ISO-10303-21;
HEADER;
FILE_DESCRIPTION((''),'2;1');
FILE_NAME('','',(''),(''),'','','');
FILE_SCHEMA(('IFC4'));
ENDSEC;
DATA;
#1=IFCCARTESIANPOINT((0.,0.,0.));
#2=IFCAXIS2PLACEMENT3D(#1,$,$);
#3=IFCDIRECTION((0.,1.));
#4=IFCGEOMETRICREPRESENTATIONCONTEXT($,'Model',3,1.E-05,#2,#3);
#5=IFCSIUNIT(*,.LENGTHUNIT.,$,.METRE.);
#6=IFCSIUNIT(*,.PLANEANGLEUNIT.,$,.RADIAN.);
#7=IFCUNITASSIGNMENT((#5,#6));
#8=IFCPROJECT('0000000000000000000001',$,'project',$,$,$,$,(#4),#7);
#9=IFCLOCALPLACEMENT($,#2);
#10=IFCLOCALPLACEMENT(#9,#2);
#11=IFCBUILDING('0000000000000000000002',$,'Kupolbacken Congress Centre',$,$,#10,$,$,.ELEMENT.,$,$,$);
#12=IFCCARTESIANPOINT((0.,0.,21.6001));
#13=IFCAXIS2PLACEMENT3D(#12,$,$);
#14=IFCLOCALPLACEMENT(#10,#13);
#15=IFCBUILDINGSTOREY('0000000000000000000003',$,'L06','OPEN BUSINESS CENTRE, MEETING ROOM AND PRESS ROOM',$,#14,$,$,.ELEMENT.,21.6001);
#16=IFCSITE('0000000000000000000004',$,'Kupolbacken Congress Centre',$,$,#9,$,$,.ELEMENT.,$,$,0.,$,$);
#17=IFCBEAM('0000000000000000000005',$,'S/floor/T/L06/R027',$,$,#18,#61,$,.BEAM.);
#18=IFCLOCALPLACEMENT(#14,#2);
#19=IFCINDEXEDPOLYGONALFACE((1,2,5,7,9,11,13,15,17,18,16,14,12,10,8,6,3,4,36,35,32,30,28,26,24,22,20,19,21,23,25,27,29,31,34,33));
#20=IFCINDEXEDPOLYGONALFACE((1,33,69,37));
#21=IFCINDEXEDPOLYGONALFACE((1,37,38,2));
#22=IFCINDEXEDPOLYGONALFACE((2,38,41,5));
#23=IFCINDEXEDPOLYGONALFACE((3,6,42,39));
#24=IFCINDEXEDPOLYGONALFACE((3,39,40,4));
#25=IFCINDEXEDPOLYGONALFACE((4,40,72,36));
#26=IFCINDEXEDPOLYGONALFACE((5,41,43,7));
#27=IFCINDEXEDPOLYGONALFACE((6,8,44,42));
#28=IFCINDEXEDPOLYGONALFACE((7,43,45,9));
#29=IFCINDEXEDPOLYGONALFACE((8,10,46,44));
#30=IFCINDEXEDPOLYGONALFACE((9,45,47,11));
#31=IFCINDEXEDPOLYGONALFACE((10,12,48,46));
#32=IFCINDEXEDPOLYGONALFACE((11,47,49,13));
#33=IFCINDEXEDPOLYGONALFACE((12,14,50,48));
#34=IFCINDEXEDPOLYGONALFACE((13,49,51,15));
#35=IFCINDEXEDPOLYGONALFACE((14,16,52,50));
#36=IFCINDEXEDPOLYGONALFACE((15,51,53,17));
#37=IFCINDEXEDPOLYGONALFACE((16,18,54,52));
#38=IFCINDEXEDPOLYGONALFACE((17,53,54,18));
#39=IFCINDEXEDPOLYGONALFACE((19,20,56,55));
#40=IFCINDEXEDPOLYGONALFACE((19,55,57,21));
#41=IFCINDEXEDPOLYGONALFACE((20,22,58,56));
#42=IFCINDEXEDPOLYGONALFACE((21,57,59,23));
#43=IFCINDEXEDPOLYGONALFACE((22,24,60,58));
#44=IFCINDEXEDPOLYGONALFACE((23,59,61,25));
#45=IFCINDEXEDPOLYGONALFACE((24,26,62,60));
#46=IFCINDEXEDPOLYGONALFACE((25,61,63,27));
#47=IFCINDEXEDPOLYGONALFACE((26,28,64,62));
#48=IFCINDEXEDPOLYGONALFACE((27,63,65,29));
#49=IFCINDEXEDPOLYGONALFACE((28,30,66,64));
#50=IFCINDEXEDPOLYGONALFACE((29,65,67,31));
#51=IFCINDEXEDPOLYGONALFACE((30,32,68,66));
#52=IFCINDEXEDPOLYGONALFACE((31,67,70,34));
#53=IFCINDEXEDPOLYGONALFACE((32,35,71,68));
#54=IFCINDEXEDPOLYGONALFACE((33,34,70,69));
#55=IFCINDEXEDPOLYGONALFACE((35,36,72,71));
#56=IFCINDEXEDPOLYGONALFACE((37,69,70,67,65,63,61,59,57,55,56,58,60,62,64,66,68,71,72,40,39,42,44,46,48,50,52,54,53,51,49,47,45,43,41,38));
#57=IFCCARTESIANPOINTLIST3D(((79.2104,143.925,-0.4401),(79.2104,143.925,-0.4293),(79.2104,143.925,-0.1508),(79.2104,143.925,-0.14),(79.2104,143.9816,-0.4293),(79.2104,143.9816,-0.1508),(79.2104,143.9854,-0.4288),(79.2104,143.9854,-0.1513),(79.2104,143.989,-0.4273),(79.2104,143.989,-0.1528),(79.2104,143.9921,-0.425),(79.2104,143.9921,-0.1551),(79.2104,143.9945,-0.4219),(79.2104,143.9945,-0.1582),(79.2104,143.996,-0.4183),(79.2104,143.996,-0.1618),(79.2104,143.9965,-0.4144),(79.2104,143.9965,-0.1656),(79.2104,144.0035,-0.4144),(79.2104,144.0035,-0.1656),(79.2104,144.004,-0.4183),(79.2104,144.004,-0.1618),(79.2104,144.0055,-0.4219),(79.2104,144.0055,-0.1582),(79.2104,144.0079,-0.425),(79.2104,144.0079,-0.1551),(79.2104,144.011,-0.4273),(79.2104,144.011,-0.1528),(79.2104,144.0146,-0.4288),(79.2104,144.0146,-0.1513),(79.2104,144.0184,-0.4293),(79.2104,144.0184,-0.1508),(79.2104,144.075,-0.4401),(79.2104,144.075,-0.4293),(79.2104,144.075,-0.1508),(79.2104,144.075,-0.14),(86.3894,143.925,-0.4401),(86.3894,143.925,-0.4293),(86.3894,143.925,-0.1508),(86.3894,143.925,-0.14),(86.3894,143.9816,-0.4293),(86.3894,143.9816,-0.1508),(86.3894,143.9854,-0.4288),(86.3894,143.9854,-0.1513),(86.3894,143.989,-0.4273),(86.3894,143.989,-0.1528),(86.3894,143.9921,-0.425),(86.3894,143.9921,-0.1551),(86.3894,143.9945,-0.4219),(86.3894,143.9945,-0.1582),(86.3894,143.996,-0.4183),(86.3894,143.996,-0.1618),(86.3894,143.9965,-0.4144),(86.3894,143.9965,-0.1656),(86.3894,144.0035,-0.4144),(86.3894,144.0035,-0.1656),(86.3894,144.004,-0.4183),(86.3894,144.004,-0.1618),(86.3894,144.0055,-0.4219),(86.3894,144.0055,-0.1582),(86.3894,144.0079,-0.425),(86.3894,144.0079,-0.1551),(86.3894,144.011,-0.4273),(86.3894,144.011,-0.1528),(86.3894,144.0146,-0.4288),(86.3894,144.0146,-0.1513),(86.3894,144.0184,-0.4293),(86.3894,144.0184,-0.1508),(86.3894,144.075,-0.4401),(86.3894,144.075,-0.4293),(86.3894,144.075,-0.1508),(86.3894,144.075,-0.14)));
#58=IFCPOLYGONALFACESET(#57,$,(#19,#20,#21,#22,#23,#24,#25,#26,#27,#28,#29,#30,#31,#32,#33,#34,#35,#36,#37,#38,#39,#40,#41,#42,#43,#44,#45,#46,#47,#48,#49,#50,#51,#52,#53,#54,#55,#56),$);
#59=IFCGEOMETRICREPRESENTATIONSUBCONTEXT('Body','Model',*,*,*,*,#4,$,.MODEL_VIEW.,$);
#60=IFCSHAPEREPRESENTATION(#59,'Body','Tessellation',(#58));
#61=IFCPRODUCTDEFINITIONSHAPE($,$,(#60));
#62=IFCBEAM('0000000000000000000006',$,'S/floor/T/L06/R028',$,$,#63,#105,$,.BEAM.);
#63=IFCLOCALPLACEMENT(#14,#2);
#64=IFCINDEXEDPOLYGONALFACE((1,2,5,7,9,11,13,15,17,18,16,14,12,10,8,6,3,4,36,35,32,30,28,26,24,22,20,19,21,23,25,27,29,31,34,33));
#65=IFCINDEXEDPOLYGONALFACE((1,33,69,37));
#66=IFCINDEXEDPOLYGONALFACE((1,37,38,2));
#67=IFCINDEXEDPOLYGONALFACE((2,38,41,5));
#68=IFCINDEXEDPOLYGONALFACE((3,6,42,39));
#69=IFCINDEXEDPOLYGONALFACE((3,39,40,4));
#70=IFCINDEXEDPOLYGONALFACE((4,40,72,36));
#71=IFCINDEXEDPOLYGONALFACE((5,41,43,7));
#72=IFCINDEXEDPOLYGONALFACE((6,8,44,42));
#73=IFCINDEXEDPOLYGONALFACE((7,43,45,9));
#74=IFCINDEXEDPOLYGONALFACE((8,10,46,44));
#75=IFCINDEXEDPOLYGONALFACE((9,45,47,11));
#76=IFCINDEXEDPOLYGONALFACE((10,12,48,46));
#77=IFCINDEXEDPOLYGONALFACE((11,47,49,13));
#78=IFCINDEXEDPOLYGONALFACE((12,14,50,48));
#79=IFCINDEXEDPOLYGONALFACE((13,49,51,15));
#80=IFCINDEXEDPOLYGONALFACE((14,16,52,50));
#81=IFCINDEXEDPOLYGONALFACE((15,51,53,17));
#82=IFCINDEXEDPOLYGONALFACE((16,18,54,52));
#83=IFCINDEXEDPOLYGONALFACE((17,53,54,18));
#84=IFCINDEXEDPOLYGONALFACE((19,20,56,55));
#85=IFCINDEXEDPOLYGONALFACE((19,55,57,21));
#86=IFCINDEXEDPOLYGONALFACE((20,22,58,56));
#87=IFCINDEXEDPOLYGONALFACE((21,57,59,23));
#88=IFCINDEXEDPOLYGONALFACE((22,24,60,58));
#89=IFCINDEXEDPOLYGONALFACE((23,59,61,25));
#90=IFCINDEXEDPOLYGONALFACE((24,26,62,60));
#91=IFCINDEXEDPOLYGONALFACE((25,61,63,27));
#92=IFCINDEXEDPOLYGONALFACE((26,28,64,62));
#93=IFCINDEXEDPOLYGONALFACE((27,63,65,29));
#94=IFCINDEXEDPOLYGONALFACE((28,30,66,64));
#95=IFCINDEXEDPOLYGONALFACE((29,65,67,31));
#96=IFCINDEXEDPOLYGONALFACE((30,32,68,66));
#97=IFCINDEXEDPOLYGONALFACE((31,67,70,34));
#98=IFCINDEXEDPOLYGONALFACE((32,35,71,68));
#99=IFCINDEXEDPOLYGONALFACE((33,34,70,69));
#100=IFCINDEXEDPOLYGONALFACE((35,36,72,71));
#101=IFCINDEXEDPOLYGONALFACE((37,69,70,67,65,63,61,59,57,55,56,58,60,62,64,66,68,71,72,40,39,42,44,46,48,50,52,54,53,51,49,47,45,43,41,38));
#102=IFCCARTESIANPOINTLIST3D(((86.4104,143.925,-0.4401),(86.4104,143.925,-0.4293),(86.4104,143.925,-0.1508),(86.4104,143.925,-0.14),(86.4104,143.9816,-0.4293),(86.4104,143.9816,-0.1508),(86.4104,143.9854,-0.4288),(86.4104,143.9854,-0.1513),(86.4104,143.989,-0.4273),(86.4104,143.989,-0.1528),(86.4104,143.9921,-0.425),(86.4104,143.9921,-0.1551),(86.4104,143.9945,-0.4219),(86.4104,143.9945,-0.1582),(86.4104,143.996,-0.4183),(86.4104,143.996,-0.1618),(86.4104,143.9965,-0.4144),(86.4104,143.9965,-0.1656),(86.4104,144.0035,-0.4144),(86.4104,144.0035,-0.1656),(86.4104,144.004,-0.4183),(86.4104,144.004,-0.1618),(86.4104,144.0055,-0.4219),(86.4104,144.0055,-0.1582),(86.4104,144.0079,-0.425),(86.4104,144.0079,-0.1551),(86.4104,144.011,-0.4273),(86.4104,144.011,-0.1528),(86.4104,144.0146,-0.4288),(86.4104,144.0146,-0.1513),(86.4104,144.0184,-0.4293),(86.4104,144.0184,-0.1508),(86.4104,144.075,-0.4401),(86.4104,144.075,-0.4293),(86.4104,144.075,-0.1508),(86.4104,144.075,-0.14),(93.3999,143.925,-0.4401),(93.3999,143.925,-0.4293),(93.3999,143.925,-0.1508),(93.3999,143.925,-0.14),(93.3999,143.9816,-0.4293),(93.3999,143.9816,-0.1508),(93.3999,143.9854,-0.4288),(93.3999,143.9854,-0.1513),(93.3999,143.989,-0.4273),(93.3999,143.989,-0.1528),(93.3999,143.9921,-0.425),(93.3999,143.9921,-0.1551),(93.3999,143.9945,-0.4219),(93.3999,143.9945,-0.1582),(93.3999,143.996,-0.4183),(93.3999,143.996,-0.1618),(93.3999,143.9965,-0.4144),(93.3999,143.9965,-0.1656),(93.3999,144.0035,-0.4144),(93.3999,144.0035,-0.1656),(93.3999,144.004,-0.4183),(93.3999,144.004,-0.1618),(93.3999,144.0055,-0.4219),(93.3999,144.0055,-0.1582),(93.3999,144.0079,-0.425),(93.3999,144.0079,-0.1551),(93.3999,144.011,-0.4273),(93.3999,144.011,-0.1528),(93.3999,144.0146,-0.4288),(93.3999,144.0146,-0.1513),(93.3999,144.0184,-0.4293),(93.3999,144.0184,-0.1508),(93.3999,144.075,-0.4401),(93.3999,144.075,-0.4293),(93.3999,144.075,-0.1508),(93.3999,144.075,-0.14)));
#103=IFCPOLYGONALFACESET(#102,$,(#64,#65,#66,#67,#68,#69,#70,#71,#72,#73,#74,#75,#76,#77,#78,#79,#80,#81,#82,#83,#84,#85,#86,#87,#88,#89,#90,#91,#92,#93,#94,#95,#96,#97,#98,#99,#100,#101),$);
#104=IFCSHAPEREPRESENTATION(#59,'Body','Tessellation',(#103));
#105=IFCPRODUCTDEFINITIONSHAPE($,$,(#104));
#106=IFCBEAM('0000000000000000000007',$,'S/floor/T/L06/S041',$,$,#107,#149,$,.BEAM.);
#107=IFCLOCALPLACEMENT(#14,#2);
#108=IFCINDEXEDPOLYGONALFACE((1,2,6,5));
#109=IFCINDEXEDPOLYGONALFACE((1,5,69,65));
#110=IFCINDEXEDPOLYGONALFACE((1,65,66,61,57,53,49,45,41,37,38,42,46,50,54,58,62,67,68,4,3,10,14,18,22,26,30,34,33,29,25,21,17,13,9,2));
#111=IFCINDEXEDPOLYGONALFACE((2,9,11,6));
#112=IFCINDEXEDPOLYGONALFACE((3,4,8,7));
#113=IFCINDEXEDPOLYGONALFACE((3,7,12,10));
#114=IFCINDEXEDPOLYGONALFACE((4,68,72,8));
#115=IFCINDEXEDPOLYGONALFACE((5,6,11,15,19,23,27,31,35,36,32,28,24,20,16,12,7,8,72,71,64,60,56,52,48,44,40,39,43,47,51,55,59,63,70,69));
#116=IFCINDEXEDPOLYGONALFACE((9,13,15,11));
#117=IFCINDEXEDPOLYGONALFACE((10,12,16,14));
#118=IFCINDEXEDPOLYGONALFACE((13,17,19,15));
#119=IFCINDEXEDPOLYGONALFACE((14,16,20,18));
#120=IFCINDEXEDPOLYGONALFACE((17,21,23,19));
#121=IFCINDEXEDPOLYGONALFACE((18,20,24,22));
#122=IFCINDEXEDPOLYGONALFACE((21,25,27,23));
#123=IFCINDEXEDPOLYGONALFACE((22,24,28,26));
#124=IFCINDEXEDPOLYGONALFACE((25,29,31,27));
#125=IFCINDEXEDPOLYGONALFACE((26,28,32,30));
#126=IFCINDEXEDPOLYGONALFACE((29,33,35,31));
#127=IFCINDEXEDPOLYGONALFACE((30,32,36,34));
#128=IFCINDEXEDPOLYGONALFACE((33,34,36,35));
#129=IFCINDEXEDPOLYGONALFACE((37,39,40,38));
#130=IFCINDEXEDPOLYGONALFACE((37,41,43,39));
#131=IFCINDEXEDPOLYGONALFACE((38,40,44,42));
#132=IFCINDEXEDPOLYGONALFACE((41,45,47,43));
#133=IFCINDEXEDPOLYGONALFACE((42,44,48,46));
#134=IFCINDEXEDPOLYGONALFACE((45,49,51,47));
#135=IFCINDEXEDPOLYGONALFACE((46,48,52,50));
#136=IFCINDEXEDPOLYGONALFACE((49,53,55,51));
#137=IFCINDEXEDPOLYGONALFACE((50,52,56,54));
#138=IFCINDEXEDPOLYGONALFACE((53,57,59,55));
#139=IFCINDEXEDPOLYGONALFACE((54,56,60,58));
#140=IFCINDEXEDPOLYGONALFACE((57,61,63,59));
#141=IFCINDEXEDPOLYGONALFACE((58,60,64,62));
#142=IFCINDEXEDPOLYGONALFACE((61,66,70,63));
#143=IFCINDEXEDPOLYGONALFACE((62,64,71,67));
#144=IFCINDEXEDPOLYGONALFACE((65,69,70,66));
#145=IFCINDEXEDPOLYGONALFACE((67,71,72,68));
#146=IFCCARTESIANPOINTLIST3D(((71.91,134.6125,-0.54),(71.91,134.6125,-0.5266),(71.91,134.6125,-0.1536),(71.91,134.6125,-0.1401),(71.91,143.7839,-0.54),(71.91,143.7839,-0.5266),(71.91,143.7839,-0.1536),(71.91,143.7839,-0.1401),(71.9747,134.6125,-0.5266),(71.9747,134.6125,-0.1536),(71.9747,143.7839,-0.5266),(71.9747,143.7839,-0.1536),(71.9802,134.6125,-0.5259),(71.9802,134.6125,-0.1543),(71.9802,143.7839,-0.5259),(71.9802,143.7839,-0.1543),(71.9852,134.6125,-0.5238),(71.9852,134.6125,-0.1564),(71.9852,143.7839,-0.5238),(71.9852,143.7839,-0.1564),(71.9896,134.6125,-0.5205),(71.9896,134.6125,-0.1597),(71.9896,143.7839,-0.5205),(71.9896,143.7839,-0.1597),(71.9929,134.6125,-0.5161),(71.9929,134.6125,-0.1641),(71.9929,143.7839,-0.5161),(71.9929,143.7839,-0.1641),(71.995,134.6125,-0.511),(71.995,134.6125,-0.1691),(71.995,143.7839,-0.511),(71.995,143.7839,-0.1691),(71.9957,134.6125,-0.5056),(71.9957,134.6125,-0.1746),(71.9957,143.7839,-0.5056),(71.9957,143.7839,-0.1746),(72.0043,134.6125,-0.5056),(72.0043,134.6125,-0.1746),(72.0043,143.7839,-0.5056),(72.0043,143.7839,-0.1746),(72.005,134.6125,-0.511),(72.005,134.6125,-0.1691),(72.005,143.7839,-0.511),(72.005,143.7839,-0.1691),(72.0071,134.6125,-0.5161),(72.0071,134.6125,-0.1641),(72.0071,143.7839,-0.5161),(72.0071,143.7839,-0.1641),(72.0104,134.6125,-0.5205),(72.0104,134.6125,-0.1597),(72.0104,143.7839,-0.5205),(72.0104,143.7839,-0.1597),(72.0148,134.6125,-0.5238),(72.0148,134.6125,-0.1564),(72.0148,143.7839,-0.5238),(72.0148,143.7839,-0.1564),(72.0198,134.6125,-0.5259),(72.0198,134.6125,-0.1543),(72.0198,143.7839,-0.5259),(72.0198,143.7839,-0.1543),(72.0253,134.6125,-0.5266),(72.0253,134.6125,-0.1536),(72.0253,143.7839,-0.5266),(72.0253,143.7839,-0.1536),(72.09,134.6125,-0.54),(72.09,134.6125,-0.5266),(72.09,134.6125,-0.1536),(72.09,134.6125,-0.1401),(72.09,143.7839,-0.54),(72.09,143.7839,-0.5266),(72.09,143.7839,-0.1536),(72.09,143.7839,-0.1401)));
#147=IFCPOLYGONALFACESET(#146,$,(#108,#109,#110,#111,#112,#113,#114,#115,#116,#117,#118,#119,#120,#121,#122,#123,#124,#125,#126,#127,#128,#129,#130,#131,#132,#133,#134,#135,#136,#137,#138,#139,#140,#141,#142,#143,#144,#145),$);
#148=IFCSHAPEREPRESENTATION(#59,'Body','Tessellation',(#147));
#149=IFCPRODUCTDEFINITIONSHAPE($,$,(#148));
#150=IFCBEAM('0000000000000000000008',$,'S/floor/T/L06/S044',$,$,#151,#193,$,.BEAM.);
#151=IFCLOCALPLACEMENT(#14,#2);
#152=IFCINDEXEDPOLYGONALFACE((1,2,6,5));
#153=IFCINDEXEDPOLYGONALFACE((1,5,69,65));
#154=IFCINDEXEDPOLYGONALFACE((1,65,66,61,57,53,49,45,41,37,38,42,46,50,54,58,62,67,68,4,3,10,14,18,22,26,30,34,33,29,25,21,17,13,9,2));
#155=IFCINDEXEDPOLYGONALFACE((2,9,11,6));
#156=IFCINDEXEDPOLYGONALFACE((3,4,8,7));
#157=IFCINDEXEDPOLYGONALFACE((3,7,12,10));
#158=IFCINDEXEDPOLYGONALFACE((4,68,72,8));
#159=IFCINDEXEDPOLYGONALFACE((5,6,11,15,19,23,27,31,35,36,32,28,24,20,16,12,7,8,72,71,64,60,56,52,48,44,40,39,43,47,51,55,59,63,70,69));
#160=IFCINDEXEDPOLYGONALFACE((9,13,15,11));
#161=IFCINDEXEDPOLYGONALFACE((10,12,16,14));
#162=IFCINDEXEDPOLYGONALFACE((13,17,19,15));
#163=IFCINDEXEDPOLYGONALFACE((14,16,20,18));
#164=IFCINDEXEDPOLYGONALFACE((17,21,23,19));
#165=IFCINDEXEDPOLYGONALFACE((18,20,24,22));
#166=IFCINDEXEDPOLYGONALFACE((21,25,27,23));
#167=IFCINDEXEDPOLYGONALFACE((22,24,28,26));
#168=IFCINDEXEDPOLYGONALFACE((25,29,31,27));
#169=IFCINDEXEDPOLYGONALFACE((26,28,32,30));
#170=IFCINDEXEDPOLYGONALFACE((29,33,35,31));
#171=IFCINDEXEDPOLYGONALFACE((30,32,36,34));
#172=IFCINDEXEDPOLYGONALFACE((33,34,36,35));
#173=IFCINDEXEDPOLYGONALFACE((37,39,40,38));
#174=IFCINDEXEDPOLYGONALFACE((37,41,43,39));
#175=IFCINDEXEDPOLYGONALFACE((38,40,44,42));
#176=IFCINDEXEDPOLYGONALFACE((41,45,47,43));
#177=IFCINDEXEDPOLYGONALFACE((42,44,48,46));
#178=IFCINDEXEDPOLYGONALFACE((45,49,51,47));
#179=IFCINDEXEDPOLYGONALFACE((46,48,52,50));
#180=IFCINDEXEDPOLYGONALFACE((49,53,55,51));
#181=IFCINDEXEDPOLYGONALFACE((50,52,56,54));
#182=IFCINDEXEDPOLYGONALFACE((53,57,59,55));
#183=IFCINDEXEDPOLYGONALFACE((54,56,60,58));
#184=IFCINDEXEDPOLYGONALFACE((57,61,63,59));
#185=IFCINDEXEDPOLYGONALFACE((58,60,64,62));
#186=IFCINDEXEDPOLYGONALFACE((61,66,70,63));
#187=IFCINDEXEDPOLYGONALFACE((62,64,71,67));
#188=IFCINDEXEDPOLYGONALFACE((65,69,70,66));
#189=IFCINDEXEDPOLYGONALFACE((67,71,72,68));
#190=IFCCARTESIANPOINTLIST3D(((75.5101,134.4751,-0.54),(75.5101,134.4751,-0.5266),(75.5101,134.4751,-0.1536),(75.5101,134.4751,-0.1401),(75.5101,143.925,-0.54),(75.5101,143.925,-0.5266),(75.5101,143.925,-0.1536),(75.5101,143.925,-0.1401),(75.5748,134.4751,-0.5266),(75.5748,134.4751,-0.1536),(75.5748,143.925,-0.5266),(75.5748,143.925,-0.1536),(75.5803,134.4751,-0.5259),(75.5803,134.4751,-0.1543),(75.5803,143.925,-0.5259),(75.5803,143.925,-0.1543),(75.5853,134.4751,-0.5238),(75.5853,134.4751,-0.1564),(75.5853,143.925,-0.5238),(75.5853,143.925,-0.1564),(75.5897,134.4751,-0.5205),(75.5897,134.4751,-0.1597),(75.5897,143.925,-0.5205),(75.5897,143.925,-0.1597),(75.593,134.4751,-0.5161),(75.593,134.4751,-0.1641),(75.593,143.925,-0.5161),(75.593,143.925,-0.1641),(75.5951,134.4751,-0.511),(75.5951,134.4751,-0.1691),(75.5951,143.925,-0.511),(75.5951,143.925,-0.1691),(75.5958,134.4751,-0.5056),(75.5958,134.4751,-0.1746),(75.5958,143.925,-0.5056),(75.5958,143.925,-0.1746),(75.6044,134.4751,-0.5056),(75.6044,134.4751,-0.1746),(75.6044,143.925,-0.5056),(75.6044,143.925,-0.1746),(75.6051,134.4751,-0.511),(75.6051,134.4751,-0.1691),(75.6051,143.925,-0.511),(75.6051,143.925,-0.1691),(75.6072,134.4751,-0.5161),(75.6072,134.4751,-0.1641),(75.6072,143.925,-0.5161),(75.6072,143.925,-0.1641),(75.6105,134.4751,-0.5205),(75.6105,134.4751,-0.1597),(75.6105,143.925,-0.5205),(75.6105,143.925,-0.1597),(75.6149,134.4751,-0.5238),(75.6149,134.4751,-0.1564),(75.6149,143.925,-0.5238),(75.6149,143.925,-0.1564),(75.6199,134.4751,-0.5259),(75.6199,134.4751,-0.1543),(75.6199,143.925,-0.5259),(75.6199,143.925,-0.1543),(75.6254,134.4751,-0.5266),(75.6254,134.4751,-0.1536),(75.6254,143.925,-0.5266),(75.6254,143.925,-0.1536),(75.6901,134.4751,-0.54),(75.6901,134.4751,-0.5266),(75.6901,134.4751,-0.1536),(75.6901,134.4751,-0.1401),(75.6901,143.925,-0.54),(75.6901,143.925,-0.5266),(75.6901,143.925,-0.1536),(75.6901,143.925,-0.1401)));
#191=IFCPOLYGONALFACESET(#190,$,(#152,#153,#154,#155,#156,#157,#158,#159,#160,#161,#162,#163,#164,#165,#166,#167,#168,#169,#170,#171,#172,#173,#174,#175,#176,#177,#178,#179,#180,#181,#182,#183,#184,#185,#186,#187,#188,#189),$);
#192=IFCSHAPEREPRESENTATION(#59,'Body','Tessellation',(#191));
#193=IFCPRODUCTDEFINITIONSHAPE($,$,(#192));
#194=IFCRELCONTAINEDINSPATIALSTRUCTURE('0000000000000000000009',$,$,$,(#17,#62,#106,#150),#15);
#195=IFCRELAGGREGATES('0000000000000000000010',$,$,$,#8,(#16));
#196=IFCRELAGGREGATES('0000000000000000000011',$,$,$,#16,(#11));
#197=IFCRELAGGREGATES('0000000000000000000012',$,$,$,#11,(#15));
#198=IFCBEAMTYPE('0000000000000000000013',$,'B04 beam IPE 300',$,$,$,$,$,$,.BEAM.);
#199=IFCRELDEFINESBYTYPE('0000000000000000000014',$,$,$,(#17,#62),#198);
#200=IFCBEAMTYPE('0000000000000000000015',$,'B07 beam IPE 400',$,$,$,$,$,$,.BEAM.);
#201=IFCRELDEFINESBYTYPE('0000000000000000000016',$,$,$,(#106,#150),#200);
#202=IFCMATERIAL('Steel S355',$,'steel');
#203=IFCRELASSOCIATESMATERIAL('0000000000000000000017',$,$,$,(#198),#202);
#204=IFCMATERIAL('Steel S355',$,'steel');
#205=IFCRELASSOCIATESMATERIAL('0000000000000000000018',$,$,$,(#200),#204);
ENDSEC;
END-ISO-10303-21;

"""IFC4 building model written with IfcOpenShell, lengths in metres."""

from ifc_helpers import new_model, si_unit, direction, frame, origin, origin_2d, place, context, subcontext, project, spatial, i_section, extrude, material, material_profile, profile_set, type_object, element, save


model = new_model("IFC4")

# Units and contexts
model_context = context("Model", 3, precision=1e-05, world=origin(), true_north=direction((0.0, 1.0)))
body_context = subcontext(model_context, "Body", "Model", "MODEL_VIEW")
ifc_project = project(units=[si_unit("LENGTHUNIT", "METRE"), si_unit("PLANEANGLEUNIT", "RADIAN")], contexts=[model_context])

# Site, building, storey
site_placement = place(None, origin())
site = spatial("IfcSite", under=ifc_project, at=site_placement, Name="Kupolbacken Congress Centre", CompositionType="ELEMENT", RefElevation=0.0)
building_placement = place(site_placement, origin())
building = spatial("IfcBuilding", under=site, at=building_placement, Name="Kupolbacken Congress Centre", CompositionType="ELEMENT")
storey_placement = place(building_placement, frame((0.0, 0.0, 21.6001)))
storey = spatial("IfcBuildingStorey", under=building, at=storey_placement, Name="L06", Description="OPEN BUSINESS CENTRE, MEETING ROOM AND PRESS ROOM", CompositionType="ELEMENT", Elevation=21.6001)

# Beams
ifc_material_1 = material(Name="Steel S355", Category="steel")
ifc_material_profile_1 = material_profile(ifc_material_1, i_section(OverallWidth=0.1499, OverallDepth=0.3, WebThickness=0.0071, FlangeThickness=0.0107, FilletRadius=0.0149, at=origin_2d()), Name="IPE 300")
ifc_profile_set_1 = profile_set([ifc_material_profile_1], Name="Steel S355")
beam_type_1 = type_object("IfcBeamType", Name="B04 beam IPE 300", PredefinedType="BEAM", material=ifc_profile_set_1)
for number, where, z_axis, x_axis, name in (
    (1, (79.2104, 144.0, -0.29), (1.0, 0.0, 0.0), (0.0, 1.0, 0.0), "S/floor/T/L06/R027"),
):
    element("IfcBeam", number, at=place(storey_placement, frame(where, z_axis=z_axis, x_axis=x_axis)), inside=storey, type_object=beam_type_1, Name=name, PredefinedType="BEAM", context=body_context, shape_type="SweptSolid", body=[
        extrude(i_section(OverallWidth=0.1499, OverallDepth=0.3, WebThickness=0.0071, FlangeThickness=0.0107, FilletRadius=0.0149, at=origin_2d()), origin(), (0.0, 0.0, 1.0), 7.179),
    ])
beam_1_placement = place(storey_placement, frame((86.4104, 144.0, -0.29), z_axis=(1.0, 0.0, 0.0), x_axis=(0.0, 1.0, 0.0)))
element("IfcBeam", 2, at=beam_1_placement, inside=storey, type_object=beam_type_1, Name="S/floor/T/L06/R028", PredefinedType="BEAM", context=body_context, shape_type="SweptSolid", body=[
    extrude(i_section(OverallWidth=0.1499, OverallDepth=0.3, WebThickness=0.0071, FlangeThickness=0.0107, FilletRadius=0.0149, at=origin_2d()), origin(), (0.0, 0.0, 1.0), 6.9895),
])
ifc_material_2 = material(Name="Steel S355", Category="steel")
ifc_material_profile_2 = material_profile(ifc_material_2, i_section(OverallWidth=0.1799, OverallDepth=0.3999, WebThickness=0.0085, FlangeThickness=0.0134, FilletRadius=0.021, at=origin_2d()), Name="IPE 400")
ifc_profile_set_2 = profile_set([ifc_material_profile_2], Name="Steel S355")
beam_type_2 = type_object("IfcBeamType", Name="B07 beam IPE 400", PredefinedType="BEAM", material=ifc_profile_set_2)
beam_2_placement = place(storey_placement, frame((72.0, 134.6125, -0.3401), z_axis=(0.0, 1.0, 0.0), x_axis=(-1.0, 0.0, 0.0)))
element("IfcBeam", 3, at=beam_2_placement, inside=storey, type_object=beam_type_2, Name="S/floor/T/L06/S041", PredefinedType="BEAM", context=body_context, shape_type="SweptSolid", body=[
    extrude(i_section(OverallWidth=0.1799, OverallDepth=0.3999, WebThickness=0.0085, FlangeThickness=0.0134, FilletRadius=0.021, at=origin_2d()), origin(), (0.0, 0.0, 1.0), 9.1714),
])
beam_3_placement = place(storey_placement, frame((75.6001, 134.4751, -0.3401), z_axis=(0.0, 1.0, 0.0), x_axis=(-1.0, 0.0, 0.0)))
element("IfcBeam", 4, at=beam_3_placement, inside=storey, type_object=beam_type_2, Name="S/floor/T/L06/S044", PredefinedType="BEAM", context=body_context, shape_type="SweptSolid", body=[
    extrude(i_section(OverallWidth=0.1799, OverallDepth=0.3999, WebThickness=0.0085, FlangeThickness=0.0134, FilletRadius=0.021, at=origin_2d()), origin(), (0.0, 0.0, 1.0), 9.45),
])

save(model, "model.ifc")
